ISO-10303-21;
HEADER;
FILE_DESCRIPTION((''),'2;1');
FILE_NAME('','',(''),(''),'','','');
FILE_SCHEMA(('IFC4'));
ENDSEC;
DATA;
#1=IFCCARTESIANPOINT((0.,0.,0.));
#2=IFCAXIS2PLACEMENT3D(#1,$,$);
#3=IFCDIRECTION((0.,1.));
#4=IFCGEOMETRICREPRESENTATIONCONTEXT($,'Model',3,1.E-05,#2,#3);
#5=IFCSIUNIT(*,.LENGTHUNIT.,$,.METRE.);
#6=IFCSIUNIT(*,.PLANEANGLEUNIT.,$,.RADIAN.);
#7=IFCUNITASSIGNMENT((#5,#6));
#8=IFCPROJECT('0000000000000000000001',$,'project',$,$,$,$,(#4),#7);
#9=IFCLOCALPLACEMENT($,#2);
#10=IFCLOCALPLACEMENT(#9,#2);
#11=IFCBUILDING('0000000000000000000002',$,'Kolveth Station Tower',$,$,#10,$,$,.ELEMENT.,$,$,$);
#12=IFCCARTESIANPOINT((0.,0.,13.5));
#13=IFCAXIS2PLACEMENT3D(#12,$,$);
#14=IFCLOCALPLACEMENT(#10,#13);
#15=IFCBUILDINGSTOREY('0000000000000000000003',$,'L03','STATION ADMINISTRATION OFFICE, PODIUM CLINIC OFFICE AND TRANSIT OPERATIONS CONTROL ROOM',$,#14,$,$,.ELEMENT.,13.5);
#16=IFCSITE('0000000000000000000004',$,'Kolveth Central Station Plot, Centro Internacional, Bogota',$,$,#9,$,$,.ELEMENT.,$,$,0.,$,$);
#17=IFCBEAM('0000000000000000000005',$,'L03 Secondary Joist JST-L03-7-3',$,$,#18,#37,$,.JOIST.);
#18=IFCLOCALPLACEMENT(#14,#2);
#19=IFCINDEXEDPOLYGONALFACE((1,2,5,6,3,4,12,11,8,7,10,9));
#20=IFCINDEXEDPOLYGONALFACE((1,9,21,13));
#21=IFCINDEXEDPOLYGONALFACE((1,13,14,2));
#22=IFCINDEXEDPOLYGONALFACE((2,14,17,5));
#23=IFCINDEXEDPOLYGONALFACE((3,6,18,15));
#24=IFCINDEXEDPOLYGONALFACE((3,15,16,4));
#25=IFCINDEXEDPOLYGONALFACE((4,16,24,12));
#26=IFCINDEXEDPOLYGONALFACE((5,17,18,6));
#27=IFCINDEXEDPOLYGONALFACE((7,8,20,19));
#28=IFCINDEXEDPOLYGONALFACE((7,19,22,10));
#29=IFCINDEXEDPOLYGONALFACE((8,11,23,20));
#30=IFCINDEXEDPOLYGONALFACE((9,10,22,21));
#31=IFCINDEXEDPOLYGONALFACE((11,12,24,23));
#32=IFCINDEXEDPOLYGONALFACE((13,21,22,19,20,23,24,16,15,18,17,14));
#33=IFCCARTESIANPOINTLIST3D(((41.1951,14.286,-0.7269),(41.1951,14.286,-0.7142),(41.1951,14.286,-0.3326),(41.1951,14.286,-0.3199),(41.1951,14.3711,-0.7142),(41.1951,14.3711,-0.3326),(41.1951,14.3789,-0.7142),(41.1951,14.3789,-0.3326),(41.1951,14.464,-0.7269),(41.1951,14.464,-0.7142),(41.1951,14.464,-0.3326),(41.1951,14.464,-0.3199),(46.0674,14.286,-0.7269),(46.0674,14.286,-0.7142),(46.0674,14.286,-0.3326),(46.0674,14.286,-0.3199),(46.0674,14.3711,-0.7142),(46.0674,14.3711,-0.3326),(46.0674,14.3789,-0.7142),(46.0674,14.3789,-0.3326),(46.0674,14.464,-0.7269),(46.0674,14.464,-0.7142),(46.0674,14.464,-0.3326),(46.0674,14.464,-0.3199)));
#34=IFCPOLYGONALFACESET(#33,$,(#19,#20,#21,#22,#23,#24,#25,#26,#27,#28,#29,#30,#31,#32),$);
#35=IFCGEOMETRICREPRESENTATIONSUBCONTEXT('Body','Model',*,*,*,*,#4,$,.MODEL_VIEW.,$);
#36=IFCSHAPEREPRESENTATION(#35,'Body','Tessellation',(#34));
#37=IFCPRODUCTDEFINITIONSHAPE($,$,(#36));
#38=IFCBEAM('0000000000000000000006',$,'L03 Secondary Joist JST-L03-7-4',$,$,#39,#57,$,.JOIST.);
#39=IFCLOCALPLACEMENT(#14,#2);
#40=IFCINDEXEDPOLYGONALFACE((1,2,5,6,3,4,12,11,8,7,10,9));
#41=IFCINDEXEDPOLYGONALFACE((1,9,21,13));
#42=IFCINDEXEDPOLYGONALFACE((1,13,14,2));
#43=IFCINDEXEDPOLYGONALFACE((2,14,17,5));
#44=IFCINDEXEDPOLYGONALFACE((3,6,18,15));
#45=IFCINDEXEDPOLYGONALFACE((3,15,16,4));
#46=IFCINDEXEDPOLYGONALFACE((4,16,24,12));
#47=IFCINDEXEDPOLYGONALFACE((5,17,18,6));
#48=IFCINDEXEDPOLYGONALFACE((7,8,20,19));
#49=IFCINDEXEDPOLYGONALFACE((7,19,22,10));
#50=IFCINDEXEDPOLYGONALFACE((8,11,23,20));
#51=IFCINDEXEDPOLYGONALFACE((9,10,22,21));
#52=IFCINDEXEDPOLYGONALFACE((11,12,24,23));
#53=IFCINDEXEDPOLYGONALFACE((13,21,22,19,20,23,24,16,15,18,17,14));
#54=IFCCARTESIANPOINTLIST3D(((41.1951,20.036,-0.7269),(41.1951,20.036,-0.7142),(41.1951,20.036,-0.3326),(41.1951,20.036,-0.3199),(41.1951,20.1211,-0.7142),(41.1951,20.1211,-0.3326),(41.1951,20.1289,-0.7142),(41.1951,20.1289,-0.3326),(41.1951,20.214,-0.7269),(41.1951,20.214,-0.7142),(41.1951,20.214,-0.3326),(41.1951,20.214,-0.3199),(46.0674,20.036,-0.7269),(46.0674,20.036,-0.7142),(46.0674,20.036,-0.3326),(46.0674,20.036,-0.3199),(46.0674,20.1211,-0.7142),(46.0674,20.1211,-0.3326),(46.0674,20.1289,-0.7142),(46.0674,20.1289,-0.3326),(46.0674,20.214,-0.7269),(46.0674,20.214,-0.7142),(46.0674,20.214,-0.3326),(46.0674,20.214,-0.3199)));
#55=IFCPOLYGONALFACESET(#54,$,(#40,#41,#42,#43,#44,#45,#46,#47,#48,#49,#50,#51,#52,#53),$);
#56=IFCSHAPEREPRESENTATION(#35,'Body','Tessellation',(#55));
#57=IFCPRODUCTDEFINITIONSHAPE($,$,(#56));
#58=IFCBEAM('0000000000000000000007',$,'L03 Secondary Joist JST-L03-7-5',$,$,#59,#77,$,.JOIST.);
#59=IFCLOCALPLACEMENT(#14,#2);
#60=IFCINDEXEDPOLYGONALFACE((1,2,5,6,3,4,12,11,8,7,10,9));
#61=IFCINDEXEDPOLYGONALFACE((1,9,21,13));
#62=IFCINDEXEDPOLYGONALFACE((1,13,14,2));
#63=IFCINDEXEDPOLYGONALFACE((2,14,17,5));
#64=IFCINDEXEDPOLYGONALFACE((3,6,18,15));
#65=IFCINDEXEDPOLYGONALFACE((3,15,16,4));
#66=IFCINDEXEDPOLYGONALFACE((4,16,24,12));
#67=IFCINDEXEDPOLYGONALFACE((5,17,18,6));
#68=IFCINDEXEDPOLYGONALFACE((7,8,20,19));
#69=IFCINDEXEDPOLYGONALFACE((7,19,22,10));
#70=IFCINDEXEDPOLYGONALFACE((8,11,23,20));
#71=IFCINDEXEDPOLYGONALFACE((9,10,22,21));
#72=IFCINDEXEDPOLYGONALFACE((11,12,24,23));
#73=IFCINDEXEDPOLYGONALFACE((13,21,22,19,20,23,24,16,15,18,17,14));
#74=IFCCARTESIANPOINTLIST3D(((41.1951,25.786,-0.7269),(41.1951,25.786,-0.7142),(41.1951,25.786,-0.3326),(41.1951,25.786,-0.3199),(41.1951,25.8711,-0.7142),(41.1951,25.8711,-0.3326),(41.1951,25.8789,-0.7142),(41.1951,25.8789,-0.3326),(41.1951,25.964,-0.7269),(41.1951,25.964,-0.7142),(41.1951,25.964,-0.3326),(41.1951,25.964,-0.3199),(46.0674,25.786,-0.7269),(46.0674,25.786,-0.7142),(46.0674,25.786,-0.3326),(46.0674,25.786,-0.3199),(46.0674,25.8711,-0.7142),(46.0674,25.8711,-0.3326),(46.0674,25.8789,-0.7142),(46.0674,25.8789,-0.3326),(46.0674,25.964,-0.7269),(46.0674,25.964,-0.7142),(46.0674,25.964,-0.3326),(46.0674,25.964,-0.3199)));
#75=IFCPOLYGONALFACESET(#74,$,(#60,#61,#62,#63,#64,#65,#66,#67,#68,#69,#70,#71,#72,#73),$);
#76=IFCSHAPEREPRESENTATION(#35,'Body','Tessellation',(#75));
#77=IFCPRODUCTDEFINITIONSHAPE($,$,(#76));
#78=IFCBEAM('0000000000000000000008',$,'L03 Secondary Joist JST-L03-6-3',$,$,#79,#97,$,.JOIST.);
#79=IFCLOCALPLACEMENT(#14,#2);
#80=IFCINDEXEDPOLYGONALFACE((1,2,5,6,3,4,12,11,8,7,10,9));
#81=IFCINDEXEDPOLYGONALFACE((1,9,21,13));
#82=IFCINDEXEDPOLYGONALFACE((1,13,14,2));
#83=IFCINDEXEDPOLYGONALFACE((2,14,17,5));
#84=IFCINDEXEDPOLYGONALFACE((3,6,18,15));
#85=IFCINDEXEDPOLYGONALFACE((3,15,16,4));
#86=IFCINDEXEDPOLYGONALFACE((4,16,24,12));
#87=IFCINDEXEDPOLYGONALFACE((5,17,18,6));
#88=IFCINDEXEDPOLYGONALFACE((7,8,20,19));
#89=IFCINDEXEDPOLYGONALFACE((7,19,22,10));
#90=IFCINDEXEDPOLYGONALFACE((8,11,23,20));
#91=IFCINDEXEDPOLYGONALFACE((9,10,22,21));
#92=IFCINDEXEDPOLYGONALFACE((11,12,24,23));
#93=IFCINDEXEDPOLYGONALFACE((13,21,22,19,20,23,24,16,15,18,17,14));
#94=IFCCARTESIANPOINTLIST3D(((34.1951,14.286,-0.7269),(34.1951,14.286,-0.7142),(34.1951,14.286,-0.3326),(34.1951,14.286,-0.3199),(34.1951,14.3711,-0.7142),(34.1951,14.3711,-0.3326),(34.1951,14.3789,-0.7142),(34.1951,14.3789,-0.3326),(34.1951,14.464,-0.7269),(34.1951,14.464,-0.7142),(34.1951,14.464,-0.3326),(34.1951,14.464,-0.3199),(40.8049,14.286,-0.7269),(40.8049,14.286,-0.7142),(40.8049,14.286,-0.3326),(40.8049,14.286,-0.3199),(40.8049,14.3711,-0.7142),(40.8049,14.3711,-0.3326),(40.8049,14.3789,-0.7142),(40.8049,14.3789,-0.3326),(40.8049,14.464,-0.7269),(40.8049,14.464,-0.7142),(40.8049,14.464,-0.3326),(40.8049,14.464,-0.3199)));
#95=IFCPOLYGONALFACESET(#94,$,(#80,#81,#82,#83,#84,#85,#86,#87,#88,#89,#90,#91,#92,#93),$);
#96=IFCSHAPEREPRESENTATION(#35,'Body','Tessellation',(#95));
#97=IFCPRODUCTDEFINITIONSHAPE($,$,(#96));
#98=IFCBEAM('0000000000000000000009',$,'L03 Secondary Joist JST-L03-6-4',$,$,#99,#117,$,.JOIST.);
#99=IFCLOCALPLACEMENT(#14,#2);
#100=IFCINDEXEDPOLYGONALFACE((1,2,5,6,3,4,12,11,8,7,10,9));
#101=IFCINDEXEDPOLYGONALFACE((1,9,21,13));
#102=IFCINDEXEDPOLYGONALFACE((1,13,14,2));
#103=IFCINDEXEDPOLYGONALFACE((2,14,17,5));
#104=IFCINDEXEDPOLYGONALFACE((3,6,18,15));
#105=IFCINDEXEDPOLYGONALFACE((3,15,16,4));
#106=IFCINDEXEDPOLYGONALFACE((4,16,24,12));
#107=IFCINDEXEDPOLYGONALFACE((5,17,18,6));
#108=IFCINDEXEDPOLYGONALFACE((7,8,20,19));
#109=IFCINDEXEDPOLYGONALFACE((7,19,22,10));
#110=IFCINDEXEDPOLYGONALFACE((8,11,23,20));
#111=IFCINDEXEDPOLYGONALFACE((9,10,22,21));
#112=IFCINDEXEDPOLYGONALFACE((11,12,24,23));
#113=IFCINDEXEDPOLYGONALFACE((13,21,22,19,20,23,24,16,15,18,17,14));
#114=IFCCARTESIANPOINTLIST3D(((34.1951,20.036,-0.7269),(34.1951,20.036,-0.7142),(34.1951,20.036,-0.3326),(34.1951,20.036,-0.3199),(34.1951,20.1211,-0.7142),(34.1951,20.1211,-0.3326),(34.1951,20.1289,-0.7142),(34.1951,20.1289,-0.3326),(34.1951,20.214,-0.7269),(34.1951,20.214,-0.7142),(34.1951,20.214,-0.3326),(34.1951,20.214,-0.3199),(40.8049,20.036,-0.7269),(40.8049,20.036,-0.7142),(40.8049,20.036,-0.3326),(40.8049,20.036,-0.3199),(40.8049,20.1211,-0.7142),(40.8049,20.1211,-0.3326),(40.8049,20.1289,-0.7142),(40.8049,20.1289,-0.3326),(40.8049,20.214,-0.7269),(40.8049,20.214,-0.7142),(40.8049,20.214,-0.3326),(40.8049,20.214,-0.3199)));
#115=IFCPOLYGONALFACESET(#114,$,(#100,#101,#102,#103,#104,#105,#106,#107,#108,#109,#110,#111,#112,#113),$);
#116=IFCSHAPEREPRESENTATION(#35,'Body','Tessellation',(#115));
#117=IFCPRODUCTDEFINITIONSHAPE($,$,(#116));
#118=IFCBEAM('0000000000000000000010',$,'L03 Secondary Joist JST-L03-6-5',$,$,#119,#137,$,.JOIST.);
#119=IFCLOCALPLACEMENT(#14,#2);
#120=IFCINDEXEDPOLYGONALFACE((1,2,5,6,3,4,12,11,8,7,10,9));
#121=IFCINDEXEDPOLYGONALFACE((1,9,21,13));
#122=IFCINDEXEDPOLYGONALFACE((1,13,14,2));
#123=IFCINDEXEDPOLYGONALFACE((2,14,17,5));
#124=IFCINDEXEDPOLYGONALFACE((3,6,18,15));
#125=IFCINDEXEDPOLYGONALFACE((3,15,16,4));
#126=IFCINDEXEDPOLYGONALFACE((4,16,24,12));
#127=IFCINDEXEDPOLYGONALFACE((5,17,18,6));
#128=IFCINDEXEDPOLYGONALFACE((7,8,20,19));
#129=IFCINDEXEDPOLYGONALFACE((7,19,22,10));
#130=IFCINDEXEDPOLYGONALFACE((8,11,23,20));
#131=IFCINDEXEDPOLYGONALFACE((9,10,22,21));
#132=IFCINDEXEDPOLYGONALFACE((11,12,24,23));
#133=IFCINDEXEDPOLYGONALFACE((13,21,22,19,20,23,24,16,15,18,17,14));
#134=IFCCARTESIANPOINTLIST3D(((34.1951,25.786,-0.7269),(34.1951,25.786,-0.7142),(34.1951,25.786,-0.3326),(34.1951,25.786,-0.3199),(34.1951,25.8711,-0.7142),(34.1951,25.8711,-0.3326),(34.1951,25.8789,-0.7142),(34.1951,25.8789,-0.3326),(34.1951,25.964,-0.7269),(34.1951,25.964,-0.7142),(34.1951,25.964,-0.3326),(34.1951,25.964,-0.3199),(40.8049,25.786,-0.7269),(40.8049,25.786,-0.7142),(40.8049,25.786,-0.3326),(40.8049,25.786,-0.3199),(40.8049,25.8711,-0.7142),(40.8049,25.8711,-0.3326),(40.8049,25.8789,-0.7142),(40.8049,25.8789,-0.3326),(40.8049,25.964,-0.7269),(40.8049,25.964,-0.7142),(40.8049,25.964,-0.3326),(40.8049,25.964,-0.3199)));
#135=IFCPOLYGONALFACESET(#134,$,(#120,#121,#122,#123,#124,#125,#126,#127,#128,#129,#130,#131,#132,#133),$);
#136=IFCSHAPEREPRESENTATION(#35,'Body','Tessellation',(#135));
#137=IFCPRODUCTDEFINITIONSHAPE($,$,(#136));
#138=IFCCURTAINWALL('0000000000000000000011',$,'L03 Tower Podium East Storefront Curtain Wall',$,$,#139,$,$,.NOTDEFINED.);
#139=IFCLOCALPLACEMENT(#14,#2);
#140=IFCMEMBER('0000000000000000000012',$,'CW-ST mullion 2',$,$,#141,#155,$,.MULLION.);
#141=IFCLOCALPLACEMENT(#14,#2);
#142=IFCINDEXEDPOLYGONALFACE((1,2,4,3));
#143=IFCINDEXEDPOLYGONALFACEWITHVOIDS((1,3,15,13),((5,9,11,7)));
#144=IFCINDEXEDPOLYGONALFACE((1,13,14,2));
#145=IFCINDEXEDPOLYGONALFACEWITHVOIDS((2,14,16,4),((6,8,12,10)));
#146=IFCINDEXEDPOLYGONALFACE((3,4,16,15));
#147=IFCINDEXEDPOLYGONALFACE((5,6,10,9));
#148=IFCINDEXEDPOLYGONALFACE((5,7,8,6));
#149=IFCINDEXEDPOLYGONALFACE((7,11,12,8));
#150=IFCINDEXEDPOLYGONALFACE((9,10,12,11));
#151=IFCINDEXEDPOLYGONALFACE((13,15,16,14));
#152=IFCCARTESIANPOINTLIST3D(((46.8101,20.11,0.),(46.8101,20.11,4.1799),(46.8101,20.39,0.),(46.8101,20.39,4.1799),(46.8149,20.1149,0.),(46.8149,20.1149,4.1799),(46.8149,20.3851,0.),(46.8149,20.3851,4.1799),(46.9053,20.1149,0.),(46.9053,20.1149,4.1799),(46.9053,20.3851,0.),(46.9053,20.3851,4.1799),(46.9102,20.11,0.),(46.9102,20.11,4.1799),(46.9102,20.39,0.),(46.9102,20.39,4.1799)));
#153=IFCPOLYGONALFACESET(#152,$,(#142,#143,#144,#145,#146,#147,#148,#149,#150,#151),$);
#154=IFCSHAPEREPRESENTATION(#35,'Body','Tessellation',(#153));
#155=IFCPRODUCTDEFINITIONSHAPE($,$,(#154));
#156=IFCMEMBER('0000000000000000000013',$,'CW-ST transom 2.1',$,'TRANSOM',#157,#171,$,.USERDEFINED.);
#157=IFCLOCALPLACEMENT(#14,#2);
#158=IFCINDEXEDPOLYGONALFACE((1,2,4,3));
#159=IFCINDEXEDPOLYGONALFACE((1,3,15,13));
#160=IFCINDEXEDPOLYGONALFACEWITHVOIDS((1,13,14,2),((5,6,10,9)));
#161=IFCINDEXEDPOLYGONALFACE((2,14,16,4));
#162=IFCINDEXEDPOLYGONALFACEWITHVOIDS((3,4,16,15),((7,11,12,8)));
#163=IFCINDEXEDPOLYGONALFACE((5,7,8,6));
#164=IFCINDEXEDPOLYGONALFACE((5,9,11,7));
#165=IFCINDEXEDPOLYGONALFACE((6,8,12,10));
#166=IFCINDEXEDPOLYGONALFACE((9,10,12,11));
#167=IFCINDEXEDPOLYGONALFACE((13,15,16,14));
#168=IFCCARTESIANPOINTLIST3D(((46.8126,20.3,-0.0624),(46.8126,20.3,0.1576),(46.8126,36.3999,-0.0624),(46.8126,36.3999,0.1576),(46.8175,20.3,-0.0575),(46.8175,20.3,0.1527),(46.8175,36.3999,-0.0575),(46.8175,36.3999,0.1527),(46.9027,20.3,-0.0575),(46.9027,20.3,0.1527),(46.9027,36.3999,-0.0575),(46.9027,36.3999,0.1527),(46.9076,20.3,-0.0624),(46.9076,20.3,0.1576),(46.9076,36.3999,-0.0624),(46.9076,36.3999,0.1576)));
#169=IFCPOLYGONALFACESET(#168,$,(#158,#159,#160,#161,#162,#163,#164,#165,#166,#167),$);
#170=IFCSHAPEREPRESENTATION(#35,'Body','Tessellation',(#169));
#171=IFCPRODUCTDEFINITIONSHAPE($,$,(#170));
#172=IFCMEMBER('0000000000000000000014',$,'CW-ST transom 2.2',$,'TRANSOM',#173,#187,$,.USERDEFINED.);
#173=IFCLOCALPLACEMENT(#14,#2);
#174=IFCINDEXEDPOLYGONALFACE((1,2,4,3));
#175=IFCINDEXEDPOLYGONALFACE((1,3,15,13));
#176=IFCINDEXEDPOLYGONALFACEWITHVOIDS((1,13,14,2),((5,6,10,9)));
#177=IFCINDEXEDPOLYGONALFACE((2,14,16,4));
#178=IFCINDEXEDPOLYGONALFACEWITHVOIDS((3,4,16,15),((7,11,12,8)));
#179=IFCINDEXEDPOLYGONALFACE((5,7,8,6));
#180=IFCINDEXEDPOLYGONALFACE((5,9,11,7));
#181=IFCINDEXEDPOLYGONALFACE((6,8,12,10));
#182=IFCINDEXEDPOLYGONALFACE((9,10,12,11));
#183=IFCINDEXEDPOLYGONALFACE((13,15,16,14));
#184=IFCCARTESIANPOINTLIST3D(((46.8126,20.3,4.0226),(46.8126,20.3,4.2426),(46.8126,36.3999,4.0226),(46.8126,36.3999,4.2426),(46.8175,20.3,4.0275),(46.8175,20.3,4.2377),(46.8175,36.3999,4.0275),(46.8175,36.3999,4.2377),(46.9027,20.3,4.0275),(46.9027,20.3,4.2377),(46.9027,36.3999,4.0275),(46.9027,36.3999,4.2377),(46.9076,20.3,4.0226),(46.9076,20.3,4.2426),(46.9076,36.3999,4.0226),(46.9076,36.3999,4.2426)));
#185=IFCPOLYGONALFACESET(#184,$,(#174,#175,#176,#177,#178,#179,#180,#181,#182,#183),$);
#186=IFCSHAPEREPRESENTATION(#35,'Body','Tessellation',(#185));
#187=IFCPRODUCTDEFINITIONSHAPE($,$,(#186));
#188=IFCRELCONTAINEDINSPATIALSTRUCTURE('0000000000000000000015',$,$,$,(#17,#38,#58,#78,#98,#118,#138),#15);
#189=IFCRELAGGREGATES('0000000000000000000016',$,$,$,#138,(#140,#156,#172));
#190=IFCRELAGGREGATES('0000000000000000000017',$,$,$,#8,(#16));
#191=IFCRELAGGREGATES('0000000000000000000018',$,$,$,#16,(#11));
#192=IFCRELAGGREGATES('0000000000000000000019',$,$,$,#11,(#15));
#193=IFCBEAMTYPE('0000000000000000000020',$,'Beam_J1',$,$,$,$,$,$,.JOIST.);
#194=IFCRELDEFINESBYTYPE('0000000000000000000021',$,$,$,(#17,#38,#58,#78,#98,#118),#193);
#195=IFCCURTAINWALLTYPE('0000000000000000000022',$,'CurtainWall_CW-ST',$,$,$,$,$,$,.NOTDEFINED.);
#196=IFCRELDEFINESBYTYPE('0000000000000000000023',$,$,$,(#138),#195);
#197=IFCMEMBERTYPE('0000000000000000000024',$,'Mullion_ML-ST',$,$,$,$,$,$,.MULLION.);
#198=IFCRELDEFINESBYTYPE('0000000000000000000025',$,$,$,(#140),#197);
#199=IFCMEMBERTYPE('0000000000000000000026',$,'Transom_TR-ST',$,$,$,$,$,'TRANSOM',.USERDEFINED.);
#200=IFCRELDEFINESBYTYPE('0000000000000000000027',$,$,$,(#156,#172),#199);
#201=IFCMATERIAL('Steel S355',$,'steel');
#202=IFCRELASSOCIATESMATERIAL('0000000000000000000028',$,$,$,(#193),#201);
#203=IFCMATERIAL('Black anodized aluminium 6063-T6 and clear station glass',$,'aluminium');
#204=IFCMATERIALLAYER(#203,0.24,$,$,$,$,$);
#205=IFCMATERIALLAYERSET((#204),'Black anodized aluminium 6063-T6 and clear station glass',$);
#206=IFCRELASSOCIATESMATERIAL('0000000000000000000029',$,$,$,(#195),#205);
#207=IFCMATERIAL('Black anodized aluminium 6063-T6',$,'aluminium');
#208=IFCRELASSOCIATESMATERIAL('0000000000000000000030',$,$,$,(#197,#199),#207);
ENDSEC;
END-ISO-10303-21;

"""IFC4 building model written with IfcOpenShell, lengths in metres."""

from ifc_helpers import new_model, si_unit, direction, frame, origin, origin_2d, place, context, subcontext, project, spatial, hollow_rectangle, i_section, extrude, source, transform, mapped, material, layer, layer_set, material_profile, profile_set, type_object, element, aggregate, save


model = new_model("IFC4")

# Units and contexts
model_context = context("Model", 3, precision=1e-05, world=origin(), true_north=direction((0.0, 1.0)))
body_context = subcontext(model_context, "Body", "Model", "MODEL_VIEW")
ifc_project = project(units=[si_unit("LENGTHUNIT", "METRE"), si_unit("PLANEANGLEUNIT", "RADIAN")], contexts=[model_context])

# Site, building, storey
site_placement = place(None, origin())
site = spatial("IfcSite", under=ifc_project, at=site_placement, Name="Kolveth Central Station Plot, Centro Internacional, Bogota", CompositionType="ELEMENT", RefElevation=0.0)
building_placement = place(site_placement, origin())
building = spatial("IfcBuilding", under=site, at=building_placement, Name="Kolveth Station Tower", CompositionType="ELEMENT")
storey_placement = place(building_placement, frame((0.0, 0.0, 13.5)))
storey = spatial("IfcBuildingStorey", under=building, at=storey_placement, Name="L03", Description="STATION ADMINISTRATION OFFICE, PODIUM CLINIC OFFICE AND TRANSIT OPERATIONS CONTROL ROOM", CompositionType="ELEMENT", Elevation=13.5)

# Beams
ifc_material_1 = material(Name="Steel S355", Category="steel")
ifc_material_profile_1 = material_profile(ifc_material_1, i_section(OverallWidth=0.178, OverallDepth=0.407, WebThickness=0.0078, FlangeThickness=0.0127, at=origin_2d()), Name="W410x60")
ifc_profile_set_1 = profile_set([ifc_material_profile_1], Name="Steel S355")
beam_type_1 = type_object("IfcBeamType", Name="Beam_J1", PredefinedType="JOIST", material=ifc_profile_set_1)
shared_shape_1 = source(origin(), body_context, "Body", "SweptSolid", [
    extrude(i_section(OverallWidth=0.178, OverallDepth=0.407, WebThickness=0.0078, FlangeThickness=0.0127, at=origin_2d()), origin(), (0.0, 0.0, 1.0), 4.8723),
])
for number, where, z_axis, x_axis, name in (
    (1, (41.1951, 14.375, -0.5234), (1.0, 0.0, 0.0), (0.0, 1.0, 0.0), "L03 Secondary Joist JST-L03-7-3"),
    (2, (41.1951, 20.125, -0.5234), (1.0, 0.0, 0.0), (0.0, 1.0, 0.0), "L03 Secondary Joist JST-L03-7-4"),
    (3, (41.1951, 25.875, -0.5234), (1.0, 0.0, 0.0), (0.0, 1.0, 0.0), "L03 Secondary Joist JST-L03-7-5"),
):
    element("IfcBeam", number, at=place(storey_placement, frame(where, z_axis=z_axis, x_axis=x_axis)), inside=storey, type_object=beam_type_1, Name=name, PredefinedType="JOIST", context=body_context, shape_type="MappedRepresentation", body=[
        mapped(shared_shape_1, transform((0.0, 0.0, 0.0), x_axis=(1.0, 0.0, 0.0), y_axis=(0.0, 1.0, 0.0), z_axis=(0.0, 0.0, 1.0), scale=1.0)),
    ])
shared_shape_2 = source(origin(), body_context, "Body", "SweptSolid", [
    extrude(i_section(OverallWidth=0.178, OverallDepth=0.407, WebThickness=0.0078, FlangeThickness=0.0127, at=origin_2d()), origin(), (0.0, 0.0, 1.0), 6.6099),
])
for number, where, z_axis, x_axis, name in (
    (4, (34.1951, 14.375, -0.5234), (1.0, 0.0, 0.0), (0.0, 1.0, 0.0), "L03 Secondary Joist JST-L03-6-3"),
    (5, (34.1951, 20.125, -0.5234), (1.0, 0.0, 0.0), (0.0, 1.0, 0.0), "L03 Secondary Joist JST-L03-6-4"),
    (6, (34.1951, 25.875, -0.5234), (1.0, 0.0, 0.0), (0.0, 1.0, 0.0), "L03 Secondary Joist JST-L03-6-5"),
):
    element("IfcBeam", number, at=place(storey_placement, frame(where, z_axis=z_axis, x_axis=x_axis)), inside=storey, type_object=beam_type_1, Name=name, PredefinedType="JOIST", context=body_context, shape_type="MappedRepresentation", body=[
        mapped(shared_shape_2, transform((0.0, 0.0, 0.0), x_axis=(1.0, 0.0, 0.0), y_axis=(0.0, 1.0, 0.0), z_axis=(0.0, 0.0, 1.0), scale=1.0)),
    ])

# Curtain wall, members
ifc_material_2 = material(Name="Black anodized aluminium 6063-T6 and clear station glass", Category="aluminium")
ifc_layer_1 = layer(ifc_material_2, 0.24)
ifc_layer_set_1 = layer_set([ifc_layer_1], Name="Black anodized aluminium 6063-T6 and clear station glass")
curtain_wall_type = type_object("IfcCurtainWallType", Name="CurtainWall_CW-ST", PredefinedType="NOTDEFINED", material=ifc_layer_set_1)
curtain_wall_placement = place(storey_placement, origin())
curtain_wall = element("IfcCurtainWall", 7, at=curtain_wall_placement, inside=storey, type_object=curtain_wall_type, Name="L03 Tower Podium East Storefront Curtain Wall", PredefinedType="NOTDEFINED")
ifc_material_3 = material(Name="Black anodized aluminium 6063-T6", Category="aluminium")
ifc_material_profile_2 = material_profile(ifc_material_3, hollow_rectangle(XDim=0.1001, YDim=0.28, WallThickness=0.0049, at=origin_2d()), Name="ALU-100x280x5")
ifc_profile_set_2 = profile_set([ifc_material_profile_2], Name="Black anodized aluminium 6063-T6")
member_type_1 = type_object("IfcMemberType", Name="Mullion_ML-ST", PredefinedType="MULLION", material=ifc_profile_set_2)
shared_shape_3 = source(origin(), body_context, "Body", "SweptSolid", [
    extrude(hollow_rectangle(XDim=0.1001, YDim=0.28, WallThickness=0.0049, at=origin_2d()), origin(), (0.0, 0.0, 1.0), 4.1799),
])
member_1_placement = place(storey_placement, frame((46.8601, 20.25, 0.0), z_axis=(0.0, 0.0, 1.0), x_axis=(-1.0, 0.0, 0.0)))
member_1 = element("IfcMember", 8, at=member_1_placement, type_object=member_type_1, Name="CW-ST mullion 2", PredefinedType="MULLION", context=body_context, shape_type="MappedRepresentation", body=[
    mapped(shared_shape_3, transform((0.0, 0.0, 0.0), x_axis=(1.0, 0.0, 0.0), y_axis=(0.0, 1.0, 0.0), z_axis=(0.0, 0.0, 1.0), scale=1.0)),
])
ifc_material_profile_3 = material_profile(ifc_material_3, hollow_rectangle(XDim=0.095, YDim=0.22, WallThickness=0.0049, at=origin_2d()), Name="ALU-95x220x5")
ifc_profile_set_3 = profile_set([ifc_material_profile_3], Name="Black anodized aluminium 6063-T6")
member_type_2 = type_object("IfcMemberType", Name="Transom_TR-ST", ElementType="TRANSOM", PredefinedType="USERDEFINED", material=ifc_profile_set_3)
shared_shape_4 = source(origin(), body_context, "Body", "SweptSolid", [
    extrude(hollow_rectangle(XDim=0.095, YDim=0.22, WallThickness=0.0049, at=origin_2d()), origin(), (0.0, 0.0, 1.0), 16.0999),
])
member_2_placement = place(storey_placement, frame((46.8601, 20.3, 0.0476), z_axis=(0.0, 1.0, 0.0), x_axis=(-1.0, 0.0, 0.0)))
member_2 = element("IfcMember", 9, at=member_2_placement, type_object=member_type_2, Name="CW-ST transom 2.1", ObjectType="TRANSOM", PredefinedType="USERDEFINED", context=body_context, shape_type="MappedRepresentation", body=[
    mapped(shared_shape_4, transform((0.0, 0.0, 0.0), x_axis=(1.0, 0.0, 0.0), y_axis=(0.0, 1.0, 0.0), z_axis=(0.0, 0.0, 1.0), scale=1.0)),
])
member_3_placement = place(storey_placement, frame((46.8601, 20.3, 4.1326), z_axis=(0.0, 1.0, 0.0), x_axis=(-1.0, 0.0, 0.0)))
member_3 = element("IfcMember", 10, at=member_3_placement, type_object=member_type_2, Name="CW-ST transom 2.2", ObjectType="TRANSOM", PredefinedType="USERDEFINED", context=body_context, shape_type="MappedRepresentation", body=[
    mapped(shared_shape_4, transform((0.0, 0.0, 0.0), x_axis=(1.0, 0.0, 0.0), y_axis=(0.0, 1.0, 0.0), z_axis=(0.0, 0.0, 1.0), scale=1.0)),
])
aggregate(curtain_wall, [member_1, member_2, member_3])

save(model, "model.ifc")
